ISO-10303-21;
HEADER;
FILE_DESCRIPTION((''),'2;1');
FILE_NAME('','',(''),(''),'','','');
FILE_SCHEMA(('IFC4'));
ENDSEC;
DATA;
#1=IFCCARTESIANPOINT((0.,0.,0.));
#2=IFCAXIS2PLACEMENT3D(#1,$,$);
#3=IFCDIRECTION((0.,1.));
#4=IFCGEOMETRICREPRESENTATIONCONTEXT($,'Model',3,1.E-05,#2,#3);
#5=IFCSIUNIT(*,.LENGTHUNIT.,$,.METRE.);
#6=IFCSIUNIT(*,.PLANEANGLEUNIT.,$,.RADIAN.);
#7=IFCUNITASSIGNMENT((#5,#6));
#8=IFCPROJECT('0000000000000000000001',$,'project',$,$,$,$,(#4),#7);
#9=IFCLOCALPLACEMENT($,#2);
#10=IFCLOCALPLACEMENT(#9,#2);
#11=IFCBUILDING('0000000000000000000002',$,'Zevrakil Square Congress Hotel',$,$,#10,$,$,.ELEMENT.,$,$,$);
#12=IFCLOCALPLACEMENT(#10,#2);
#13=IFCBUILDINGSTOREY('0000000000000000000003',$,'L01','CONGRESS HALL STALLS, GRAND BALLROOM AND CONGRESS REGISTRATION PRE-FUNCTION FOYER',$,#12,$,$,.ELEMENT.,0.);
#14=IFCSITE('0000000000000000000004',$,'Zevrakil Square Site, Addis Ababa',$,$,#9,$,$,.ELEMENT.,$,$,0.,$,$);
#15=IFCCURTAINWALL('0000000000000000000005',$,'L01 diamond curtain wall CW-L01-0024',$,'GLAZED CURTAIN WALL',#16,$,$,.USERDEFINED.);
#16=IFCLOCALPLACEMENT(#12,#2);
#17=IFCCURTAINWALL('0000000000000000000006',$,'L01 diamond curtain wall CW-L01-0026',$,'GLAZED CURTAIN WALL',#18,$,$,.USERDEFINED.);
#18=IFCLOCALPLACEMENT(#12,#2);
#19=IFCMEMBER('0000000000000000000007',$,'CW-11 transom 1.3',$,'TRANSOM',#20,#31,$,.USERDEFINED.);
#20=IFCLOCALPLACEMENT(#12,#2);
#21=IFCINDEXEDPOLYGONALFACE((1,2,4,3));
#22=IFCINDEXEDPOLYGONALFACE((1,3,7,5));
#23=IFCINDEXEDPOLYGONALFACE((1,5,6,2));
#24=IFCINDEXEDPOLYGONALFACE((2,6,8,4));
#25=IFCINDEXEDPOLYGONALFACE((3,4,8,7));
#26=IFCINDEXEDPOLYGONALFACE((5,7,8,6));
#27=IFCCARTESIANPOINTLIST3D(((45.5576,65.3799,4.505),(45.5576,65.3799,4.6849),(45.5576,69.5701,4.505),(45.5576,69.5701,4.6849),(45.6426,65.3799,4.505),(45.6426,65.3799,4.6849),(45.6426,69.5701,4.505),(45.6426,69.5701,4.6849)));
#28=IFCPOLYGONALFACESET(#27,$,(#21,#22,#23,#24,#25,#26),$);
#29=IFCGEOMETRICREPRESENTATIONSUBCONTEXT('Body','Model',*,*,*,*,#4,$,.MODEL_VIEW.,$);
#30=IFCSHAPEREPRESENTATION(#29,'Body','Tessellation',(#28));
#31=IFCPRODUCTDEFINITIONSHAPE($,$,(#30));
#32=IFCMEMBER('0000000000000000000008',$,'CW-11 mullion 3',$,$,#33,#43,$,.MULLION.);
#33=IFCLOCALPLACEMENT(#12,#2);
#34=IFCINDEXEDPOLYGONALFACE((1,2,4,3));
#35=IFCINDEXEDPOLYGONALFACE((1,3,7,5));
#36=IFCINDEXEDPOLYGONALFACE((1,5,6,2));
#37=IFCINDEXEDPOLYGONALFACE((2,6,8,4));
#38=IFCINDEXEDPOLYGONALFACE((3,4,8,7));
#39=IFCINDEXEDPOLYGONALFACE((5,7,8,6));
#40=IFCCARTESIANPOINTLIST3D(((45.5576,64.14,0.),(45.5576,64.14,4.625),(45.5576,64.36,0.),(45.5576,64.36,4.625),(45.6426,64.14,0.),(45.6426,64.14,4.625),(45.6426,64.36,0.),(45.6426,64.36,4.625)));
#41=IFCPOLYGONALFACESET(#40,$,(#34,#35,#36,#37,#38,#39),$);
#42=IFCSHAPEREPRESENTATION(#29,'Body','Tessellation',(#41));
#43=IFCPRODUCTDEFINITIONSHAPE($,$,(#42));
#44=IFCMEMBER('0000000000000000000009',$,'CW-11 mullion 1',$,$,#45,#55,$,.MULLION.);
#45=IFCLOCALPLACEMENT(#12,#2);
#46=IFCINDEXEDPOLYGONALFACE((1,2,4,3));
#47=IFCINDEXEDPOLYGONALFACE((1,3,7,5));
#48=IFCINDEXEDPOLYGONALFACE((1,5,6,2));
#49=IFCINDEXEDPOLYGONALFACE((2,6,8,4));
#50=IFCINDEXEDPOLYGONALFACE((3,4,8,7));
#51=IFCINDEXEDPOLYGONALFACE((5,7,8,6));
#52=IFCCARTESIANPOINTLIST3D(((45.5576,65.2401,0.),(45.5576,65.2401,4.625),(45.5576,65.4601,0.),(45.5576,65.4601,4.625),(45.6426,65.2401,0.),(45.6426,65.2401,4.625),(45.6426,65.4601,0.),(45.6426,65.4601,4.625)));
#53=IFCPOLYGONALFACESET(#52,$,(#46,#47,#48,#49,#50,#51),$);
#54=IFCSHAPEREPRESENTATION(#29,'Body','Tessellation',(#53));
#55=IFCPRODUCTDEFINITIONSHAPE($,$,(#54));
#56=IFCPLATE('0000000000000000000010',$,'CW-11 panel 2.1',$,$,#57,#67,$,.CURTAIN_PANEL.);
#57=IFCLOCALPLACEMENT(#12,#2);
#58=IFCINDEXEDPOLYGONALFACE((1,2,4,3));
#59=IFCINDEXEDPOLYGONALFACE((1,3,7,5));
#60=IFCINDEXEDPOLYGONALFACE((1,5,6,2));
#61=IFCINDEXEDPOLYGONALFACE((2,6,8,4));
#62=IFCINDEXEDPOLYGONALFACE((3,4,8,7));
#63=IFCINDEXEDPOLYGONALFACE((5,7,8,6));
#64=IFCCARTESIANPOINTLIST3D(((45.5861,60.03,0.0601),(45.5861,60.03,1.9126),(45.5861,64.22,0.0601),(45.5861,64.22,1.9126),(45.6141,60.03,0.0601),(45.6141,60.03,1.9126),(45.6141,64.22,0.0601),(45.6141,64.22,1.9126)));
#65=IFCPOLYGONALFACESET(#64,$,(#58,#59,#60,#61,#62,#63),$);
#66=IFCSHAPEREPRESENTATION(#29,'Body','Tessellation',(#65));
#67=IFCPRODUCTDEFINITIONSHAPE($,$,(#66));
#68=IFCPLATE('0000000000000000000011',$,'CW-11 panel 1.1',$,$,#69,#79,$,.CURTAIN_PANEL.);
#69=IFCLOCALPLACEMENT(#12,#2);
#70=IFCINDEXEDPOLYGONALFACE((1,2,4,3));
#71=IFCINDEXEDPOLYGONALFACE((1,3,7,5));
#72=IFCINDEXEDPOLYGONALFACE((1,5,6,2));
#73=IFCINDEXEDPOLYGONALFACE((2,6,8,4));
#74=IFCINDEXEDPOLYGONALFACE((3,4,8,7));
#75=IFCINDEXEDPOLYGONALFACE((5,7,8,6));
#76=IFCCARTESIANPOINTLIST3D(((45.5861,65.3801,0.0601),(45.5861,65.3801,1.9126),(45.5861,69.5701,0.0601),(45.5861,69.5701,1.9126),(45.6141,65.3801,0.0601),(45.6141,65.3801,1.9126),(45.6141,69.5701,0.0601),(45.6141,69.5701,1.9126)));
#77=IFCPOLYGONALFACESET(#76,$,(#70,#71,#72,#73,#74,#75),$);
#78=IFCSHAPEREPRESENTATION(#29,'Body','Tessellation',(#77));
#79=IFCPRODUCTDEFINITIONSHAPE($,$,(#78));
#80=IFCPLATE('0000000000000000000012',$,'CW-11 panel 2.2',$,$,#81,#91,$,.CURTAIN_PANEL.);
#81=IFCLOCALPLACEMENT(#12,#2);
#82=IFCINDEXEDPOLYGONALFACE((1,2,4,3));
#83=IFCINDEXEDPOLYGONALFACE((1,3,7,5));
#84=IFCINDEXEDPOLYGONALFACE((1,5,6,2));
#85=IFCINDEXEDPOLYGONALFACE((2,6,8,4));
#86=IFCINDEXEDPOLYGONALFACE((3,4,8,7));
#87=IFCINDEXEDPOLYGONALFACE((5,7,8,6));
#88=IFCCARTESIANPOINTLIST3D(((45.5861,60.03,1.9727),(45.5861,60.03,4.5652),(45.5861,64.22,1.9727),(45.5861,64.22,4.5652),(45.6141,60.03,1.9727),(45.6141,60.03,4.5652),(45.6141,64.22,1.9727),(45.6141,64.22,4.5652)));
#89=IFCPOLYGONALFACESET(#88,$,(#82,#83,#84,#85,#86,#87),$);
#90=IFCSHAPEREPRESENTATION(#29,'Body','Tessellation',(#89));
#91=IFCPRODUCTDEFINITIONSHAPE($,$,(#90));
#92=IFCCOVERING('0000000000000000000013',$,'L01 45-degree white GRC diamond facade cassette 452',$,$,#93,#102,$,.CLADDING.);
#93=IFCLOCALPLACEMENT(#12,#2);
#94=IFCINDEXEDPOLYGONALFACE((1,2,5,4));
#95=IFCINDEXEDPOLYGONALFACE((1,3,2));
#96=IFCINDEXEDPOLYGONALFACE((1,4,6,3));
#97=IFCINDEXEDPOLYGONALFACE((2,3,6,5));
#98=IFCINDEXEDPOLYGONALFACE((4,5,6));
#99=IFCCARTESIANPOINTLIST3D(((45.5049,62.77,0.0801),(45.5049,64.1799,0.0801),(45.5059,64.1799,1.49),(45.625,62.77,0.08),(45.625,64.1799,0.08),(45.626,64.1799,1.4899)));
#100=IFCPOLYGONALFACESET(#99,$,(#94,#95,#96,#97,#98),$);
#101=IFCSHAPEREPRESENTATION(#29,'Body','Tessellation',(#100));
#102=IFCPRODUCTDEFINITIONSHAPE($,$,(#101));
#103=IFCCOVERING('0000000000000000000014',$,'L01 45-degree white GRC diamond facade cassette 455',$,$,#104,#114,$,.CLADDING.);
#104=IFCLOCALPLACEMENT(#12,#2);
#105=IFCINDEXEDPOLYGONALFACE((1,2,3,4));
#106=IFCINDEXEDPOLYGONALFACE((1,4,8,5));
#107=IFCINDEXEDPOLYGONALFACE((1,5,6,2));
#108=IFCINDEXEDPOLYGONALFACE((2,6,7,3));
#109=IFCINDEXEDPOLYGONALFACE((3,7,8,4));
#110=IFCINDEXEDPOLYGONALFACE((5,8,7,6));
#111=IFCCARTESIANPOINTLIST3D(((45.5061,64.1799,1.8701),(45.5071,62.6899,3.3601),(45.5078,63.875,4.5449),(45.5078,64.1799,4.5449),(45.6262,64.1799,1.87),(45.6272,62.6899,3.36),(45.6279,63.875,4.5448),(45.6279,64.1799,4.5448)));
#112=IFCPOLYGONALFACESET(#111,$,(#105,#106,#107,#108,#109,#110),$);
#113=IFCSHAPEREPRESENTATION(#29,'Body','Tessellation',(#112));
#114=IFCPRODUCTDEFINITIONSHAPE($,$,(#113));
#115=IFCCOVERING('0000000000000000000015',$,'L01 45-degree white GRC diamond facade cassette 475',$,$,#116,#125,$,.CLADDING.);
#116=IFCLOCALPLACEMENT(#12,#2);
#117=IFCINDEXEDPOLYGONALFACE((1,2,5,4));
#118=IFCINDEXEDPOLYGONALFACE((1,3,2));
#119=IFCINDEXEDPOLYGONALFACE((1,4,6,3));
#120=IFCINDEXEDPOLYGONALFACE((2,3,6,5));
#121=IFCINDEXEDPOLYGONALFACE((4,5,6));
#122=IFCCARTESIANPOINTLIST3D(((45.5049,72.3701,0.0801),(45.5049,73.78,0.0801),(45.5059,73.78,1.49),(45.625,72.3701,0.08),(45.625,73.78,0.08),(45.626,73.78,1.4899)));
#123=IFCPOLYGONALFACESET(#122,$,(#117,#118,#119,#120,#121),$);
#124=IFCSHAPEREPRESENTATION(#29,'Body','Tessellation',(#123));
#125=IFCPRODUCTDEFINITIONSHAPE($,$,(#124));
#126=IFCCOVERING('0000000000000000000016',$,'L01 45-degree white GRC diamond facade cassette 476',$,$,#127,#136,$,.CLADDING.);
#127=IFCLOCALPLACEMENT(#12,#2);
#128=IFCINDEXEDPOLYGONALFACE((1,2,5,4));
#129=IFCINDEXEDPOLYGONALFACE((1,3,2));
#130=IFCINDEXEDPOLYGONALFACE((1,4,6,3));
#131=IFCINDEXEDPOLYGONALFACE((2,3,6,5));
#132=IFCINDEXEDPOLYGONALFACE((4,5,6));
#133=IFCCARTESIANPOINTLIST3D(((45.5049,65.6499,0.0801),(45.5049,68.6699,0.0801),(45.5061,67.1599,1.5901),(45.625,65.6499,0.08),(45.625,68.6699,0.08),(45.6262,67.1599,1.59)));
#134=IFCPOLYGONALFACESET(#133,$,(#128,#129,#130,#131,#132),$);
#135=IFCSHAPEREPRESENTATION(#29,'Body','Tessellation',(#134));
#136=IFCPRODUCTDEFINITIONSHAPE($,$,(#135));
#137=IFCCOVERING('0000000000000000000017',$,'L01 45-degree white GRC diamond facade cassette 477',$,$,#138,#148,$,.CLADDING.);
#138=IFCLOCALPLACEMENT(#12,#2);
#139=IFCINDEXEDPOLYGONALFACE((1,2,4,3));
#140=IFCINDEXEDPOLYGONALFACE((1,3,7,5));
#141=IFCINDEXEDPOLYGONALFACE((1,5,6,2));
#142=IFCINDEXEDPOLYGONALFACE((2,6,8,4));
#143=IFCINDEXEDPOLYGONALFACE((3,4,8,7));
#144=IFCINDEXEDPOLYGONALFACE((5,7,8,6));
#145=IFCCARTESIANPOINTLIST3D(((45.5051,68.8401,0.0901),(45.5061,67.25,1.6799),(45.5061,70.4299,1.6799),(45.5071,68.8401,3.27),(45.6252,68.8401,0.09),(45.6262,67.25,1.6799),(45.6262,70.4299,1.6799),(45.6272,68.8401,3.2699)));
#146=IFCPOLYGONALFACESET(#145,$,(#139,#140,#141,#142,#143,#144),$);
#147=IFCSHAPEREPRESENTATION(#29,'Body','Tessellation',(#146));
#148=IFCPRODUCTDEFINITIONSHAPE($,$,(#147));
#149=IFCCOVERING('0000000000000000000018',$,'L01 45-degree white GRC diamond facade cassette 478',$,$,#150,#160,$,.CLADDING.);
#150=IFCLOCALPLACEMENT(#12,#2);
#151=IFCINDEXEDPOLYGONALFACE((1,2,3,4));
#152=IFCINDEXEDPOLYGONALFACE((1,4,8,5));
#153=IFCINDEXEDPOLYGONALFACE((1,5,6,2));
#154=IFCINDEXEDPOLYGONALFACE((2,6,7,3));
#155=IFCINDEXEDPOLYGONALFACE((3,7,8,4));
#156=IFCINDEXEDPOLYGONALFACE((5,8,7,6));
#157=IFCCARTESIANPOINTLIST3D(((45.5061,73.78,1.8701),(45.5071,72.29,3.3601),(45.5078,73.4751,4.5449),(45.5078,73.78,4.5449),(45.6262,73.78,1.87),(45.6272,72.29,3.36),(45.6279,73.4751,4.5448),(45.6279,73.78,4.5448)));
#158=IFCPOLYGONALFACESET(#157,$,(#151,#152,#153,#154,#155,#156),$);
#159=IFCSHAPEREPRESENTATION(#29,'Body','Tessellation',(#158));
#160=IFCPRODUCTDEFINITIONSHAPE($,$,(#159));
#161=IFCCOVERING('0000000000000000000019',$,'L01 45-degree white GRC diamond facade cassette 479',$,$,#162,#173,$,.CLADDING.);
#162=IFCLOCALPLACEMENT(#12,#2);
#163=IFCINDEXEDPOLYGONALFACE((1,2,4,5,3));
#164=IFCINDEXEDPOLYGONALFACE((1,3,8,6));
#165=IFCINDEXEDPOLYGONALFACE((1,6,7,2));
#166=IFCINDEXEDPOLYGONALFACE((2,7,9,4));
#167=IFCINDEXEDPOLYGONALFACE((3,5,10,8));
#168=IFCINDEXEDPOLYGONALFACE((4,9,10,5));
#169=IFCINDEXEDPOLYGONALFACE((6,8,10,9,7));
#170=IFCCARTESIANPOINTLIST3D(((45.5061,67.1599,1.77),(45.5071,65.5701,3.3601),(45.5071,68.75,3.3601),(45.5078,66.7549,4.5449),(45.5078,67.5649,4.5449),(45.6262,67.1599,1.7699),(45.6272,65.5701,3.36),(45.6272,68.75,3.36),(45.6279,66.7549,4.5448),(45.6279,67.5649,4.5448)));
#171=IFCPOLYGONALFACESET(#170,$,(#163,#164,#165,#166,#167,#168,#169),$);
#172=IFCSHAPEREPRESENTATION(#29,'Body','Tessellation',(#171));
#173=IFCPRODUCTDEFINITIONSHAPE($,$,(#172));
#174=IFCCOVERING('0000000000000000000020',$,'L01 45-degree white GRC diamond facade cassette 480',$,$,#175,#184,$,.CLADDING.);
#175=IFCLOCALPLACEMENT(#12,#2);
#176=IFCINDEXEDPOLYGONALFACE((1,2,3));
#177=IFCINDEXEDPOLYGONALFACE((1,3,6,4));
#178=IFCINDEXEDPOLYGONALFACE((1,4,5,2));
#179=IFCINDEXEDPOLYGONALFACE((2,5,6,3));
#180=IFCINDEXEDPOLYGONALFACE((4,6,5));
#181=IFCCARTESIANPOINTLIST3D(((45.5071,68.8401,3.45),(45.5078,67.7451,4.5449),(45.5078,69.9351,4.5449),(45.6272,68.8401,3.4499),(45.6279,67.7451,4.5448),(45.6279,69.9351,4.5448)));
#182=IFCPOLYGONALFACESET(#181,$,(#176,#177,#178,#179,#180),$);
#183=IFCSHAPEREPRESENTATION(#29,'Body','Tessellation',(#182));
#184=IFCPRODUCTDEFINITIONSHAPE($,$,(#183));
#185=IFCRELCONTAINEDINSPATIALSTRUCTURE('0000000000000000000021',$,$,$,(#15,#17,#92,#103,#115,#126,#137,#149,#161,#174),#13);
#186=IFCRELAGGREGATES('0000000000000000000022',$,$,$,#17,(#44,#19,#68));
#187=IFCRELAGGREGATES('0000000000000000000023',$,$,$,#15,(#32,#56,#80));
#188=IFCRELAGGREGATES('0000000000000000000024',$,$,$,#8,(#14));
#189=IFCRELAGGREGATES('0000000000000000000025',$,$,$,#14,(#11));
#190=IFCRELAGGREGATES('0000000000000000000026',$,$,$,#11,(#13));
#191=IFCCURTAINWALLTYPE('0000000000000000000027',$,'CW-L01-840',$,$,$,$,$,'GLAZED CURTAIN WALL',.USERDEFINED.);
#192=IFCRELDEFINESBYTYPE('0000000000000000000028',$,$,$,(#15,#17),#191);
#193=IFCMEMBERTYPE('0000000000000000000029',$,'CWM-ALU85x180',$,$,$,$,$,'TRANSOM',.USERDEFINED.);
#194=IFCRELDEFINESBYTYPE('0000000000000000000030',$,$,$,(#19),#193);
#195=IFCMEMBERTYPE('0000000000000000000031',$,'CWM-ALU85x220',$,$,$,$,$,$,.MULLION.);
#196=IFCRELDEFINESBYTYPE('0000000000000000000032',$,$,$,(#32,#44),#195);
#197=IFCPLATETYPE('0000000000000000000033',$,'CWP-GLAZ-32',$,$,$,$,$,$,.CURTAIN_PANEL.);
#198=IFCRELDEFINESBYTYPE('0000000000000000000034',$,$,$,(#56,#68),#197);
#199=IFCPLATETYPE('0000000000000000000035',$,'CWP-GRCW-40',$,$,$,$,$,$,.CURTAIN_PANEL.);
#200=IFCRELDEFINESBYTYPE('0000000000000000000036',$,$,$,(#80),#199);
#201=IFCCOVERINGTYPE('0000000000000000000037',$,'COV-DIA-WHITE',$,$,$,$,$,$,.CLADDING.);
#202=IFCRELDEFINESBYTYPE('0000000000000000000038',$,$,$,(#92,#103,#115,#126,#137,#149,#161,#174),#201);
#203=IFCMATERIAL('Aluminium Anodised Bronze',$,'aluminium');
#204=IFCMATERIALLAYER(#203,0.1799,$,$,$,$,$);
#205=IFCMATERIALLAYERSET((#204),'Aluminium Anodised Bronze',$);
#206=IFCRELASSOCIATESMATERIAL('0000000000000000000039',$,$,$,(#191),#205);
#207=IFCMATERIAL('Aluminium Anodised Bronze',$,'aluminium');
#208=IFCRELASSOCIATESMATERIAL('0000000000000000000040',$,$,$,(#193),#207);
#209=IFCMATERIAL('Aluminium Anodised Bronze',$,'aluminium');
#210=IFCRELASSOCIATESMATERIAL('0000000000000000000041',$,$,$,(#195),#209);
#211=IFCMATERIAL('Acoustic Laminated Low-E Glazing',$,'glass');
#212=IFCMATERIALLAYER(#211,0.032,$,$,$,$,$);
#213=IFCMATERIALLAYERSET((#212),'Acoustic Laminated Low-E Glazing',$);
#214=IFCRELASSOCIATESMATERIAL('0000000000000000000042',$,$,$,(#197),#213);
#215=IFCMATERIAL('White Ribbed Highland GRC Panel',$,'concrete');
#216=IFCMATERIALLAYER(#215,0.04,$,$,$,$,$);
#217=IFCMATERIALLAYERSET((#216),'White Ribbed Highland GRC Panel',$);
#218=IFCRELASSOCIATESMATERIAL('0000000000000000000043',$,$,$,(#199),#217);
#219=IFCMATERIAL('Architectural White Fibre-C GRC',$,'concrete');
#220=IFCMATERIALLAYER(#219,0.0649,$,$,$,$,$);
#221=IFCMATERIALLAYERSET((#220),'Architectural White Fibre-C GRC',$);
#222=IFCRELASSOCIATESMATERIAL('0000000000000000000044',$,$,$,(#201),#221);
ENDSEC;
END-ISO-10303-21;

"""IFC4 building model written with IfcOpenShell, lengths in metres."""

from ifc_helpers import new_model, si_unit, direction, frame, origin, origin_2d, place, context, subcontext, project, spatial, polyline, rectangle, outline, extrude, material, layer, layer_set, material_profile, profile_set, type_object, element, aggregate, save


model = new_model("IFC4")

# Units and contexts
model_context = context("Model", 3, precision=1e-05, world=origin(), true_north=direction((0.0, 1.0)))
body_context = subcontext(model_context, "Body", "Model", "MODEL_VIEW")
ifc_project = project(units=[si_unit("LENGTHUNIT", "METRE"), si_unit("PLANEANGLEUNIT", "RADIAN")], contexts=[model_context])

# Site, building, storey
site_placement = place(None, origin())
site = spatial("IfcSite", under=ifc_project, at=site_placement, Name="Zevrakil Square Site, Addis Ababa", CompositionType="ELEMENT", RefElevation=0.0)
building_placement = place(site_placement, origin())
building = spatial("IfcBuilding", under=site, at=building_placement, Name="Zevrakil Square Congress Hotel", CompositionType="ELEMENT")
storey_placement = place(building_placement, origin())
storey = spatial("IfcBuildingStorey", under=building, at=storey_placement, Name="L01", Description="CONGRESS HALL STALLS, GRAND BALLROOM AND CONGRESS REGISTRATION PRE-FUNCTION FOYER", CompositionType="ELEMENT", Elevation=0.0)

# Curtain wall
ifc_material_1 = material(Name="Aluminium Anodised Bronze", Category="aluminium")
ifc_layer_1 = layer(ifc_material_1, 0.1799)
ifc_layer_set_1 = layer_set([ifc_layer_1], Name="Aluminium Anodised Bronze")
curtain_wall_type = type_object("IfcCurtainWallType", Name="CW-L01-840", ElementType="GLAZED CURTAIN WALL", PredefinedType="USERDEFINED", material=ifc_layer_set_1)
curtain_wall_1_placement = place(storey_placement, origin())
curtain_wall_1 = element("IfcCurtainWall", 1, at=curtain_wall_1_placement, inside=storey, type_object=curtain_wall_type, Name="L01 diamond curtain wall CW-L01-0024", ObjectType="GLAZED CURTAIN WALL", PredefinedType="USERDEFINED")
ifc_material_2 = material(Name="Aluminium Anodised Bronze", Category="aluminium")
ifc_material_profile_1 = material_profile(ifc_material_2, rectangle(XDim=0.085, YDim=0.1799, at=origin_2d()), Name="ALU 85x180")
ifc_profile_set_1 = profile_set([ifc_material_profile_1], Name="Aluminium Anodised Bronze")
member_type_1 = type_object("IfcMemberType", Name="CWM-ALU85x180", ElementType="TRANSOM", PredefinedType="USERDEFINED", material=ifc_profile_set_1)

# Curtain wall, member
curtain_wall_2_placement = place(storey_placement, origin())
curtain_wall_2 = element("IfcCurtainWall", 2, at=curtain_wall_2_placement, inside=storey, type_object=curtain_wall_type, Name="L01 diamond curtain wall CW-L01-0026", ObjectType="GLAZED CURTAIN WALL", PredefinedType="USERDEFINED")
member_1_placement = place(storey_placement, frame((45.6001, 65.3799, 4.595), z_axis=(0.0, 1.0, 0.0), x_axis=(-1.0, 0.0, 0.0)))
member_1 = element("IfcMember", 3, at=member_1_placement, type_object=member_type_1, Name="CW-11 transom 1.3", ObjectType="TRANSOM", PredefinedType="USERDEFINED", context=body_context, shape_type="SweptSolid", body=[
    extrude(rectangle(XDim=0.085, YDim=0.1799, at=origin_2d()), origin(), (0.0, 0.0, 1.0), 4.1902),
])

# Members
ifc_material_3 = material(Name="Aluminium Anodised Bronze", Category="aluminium")
ifc_material_profile_2 = material_profile(ifc_material_3, rectangle(XDim=0.085, YDim=0.22, at=origin_2d()), Name="ALU 85x220")
ifc_profile_set_2 = profile_set([ifc_material_profile_2], Name="Aluminium Anodised Bronze")
member_type_2 = type_object("IfcMemberType", Name="CWM-ALU85x220", PredefinedType="MULLION", material=ifc_profile_set_2)
member_2_placement = place(storey_placement, frame((45.6001, 64.25, 0.0), z_axis=(0.0, 0.0, 1.0), x_axis=(-1.0, 0.0, 0.0)))
member_2 = element("IfcMember", 4, at=member_2_placement, type_object=member_type_2, Name="CW-11 mullion 3", PredefinedType="MULLION", context=body_context, shape_type="SweptSolid", body=[
    extrude(rectangle(XDim=0.085, YDim=0.22, at=origin_2d()), origin(), (0.0, 0.0, 1.0), 4.625),
])
member_3_placement = place(storey_placement, frame((45.6001, 65.3501, 0.0), z_axis=(0.0, 0.0, 1.0), x_axis=(-1.0, 0.0, 0.0)))
member_3 = element("IfcMember", 5, at=member_3_placement, type_object=member_type_2, Name="CW-11 mullion 1", PredefinedType="MULLION", context=body_context, shape_type="SweptSolid", body=[
    extrude(rectangle(XDim=0.085, YDim=0.22, at=origin_2d()), origin(), (0.0, 0.0, 1.0), 4.625),
])

# Plates
ifc_material_4 = material(Name="Acoustic Laminated Low-E Glazing", Category="glass")
ifc_layer_2 = layer(ifc_material_4, 0.032)
ifc_layer_set_2 = layer_set([ifc_layer_2], Name="Acoustic Laminated Low-E Glazing")
plate_type_1 = type_object("IfcPlateType", Name="CWP-GLAZ-32", PredefinedType="CURTAIN_PANEL", material=ifc_layer_set_2)
plate_1_placement = place(storey_placement, frame((45.6001, 62.125, 0.0601), z_axis=(0.0, 0.0, 1.0), x_axis=(0.0, 1.0, 0.0)))
plate_1 = element("IfcPlate", 6, at=plate_1_placement, type_object=plate_type_1, Name="CW-11 panel 2.1", PredefinedType="CURTAIN_PANEL", context=body_context, shape_type="SweptSolid", body=[
    extrude(rectangle(XDim=4.1899, YDim=0.0281, at=origin_2d()), origin(), (0.0, 0.0, 1.0), 1.8525),
])
plate_2_placement = place(storey_placement, frame((45.6001, 67.4751, 0.0601), z_axis=(0.0, 0.0, 1.0), x_axis=(0.0, 1.0, 0.0)))
plate_2 = element("IfcPlate", 7, at=plate_2_placement, type_object=plate_type_1, Name="CW-11 panel 1.1", PredefinedType="CURTAIN_PANEL", context=body_context, shape_type="SweptSolid", body=[
    extrude(rectangle(XDim=4.1899, YDim=0.0281, at=origin_2d()), origin(), (0.0, 0.0, 1.0), 1.8525),
])
aggregate(curtain_wall_2, [member_3, member_1, plate_2])
ifc_material_5 = material(Name="White Ribbed Highland GRC Panel", Category="concrete")
ifc_layer_3 = layer(ifc_material_5, 0.04)
ifc_layer_set_3 = layer_set([ifc_layer_3], Name="White Ribbed Highland GRC Panel")
plate_type_2 = type_object("IfcPlateType", Name="CWP-GRCW-40", PredefinedType="CURTAIN_PANEL", material=ifc_layer_set_3)
plate_3_placement = place(storey_placement, frame((45.6001, 62.125, 1.9727), z_axis=(0.0, 0.0, 1.0), x_axis=(0.0, 1.0, 0.0)))
plate_3 = element("IfcPlate", 8, at=plate_3_placement, type_object=plate_type_2, Name="CW-11 panel 2.2", PredefinedType="CURTAIN_PANEL", context=body_context, shape_type="SweptSolid", body=[
    extrude(rectangle(XDim=4.1899, YDim=0.0281, at=origin_2d()), origin(), (0.0, 0.0, 1.0), 2.5925),
])
aggregate(curtain_wall_1, [member_2, plate_1, plate_3])

# Coverings
ifc_material_6 = material(Name="Architectural White Fibre-C GRC", Category="concrete")
ifc_layer_4 = layer(ifc_material_6, 0.0649)
ifc_layer_set_4 = layer_set([ifc_layer_4], Name="Architectural White Fibre-C GRC")
covering_type_1 = type_object("IfcCoveringType", Name="COV-DIA-WHITE", PredefinedType="CLADDING", material=ifc_layer_set_4)
covering_1_placement = place(storey_placement, frame((45.5049, 62.77, 0.0801), z_axis=(-1.0, 0.0, 0.000693), x_axis=(0.0, 1.0, 0.0)))
element("IfcCovering", 9, at=covering_1_placement, inside=storey, type_object=covering_type_1, Name="L01 45-degree white GRC diamond facade cassette 452", PredefinedType="CLADDING", context=body_context, shape_type="SweptSolid", body=[
    extrude(outline(polyline([(0.0, 0.0), (1.4099, 0.0), (1.4099, -1.4099), (0.0, 0.0)])), origin(), (0.0, 0.0, -1.0), 0.1201),
])
covering_2_placement = place(storey_placement, frame((45.5071, 62.6899, 3.3601), z_axis=(-1.0, -0.000015, 0.000637), x_axis=(-0.000461, 0.707107, -0.707107)))
element("IfcCovering", 10, at=covering_2_placement, inside=storey, type_object=covering_type_1, Name="L01 45-degree white GRC diamond facade cassette 455", PredefinedType="CLADDING", context=body_context, shape_type="SweptSolid", body=[
    extrude(outline(polyline([(0.0, 0.0), (2.1072, 0.0), (0.2158, -1.8914), (0.0002, -1.6758), (0.0, 0.0)])), origin(), (0.0, 0.0, -1.0), 0.1201),
])
covering_3_placement = place(storey_placement, frame((45.5049, 72.3701, 0.0801), z_axis=(-1.0, 0.0, 0.000693), x_axis=(0.0, 1.0, 0.0)))
element("IfcCovering", 11, at=covering_3_placement, inside=storey, type_object=covering_type_1, Name="L01 45-degree white GRC diamond facade cassette 475", PredefinedType="CLADDING", context=body_context, shape_type="SweptSolid", body=[
    extrude(outline(polyline([(0.0, 0.0), (1.4099, 0.0), (1.4099, -1.4099), (0.0, 0.0)])), origin(), (0.0, 0.0, -1.0), 0.1201),
])
covering_4_placement = place(storey_placement, frame((45.5061, 67.1599, 1.5901), z_axis=(-1.0, 0.0, 0.000808), x_axis=(-0.000572, -0.707107, -0.707107)))
element("IfcCovering", 12, at=covering_4_placement, inside=storey, type_object=covering_type_1, Name="L01 45-degree white GRC diamond facade cassette 476", PredefinedType="CLADDING", context=body_context, shape_type="SweptSolid", body=[
    extrude(outline(polyline([(0.0, 0.0), (2.1355, 0.0), (0.0, -2.1355), (0.0, 0.0)])), origin(), (0.0, 0.0, -1.0), 0.1201),
])
covering_5_placement = place(storey_placement, frame((45.5071, 68.8401, 3.27), z_axis=(-1.0, 0.0, 0.000614), x_axis=(-0.000434, -0.707107, -0.707107)))
element("IfcCovering", 13, at=covering_5_placement, inside=storey, type_object=covering_type_1, Name="L01 45-degree white GRC diamond facade cassette 477", PredefinedType="CLADDING", context=body_context, shape_type="SweptSolid", body=[
    extrude(outline(polyline([(0.0, 0.0), (2.2487, 0.0), (2.2486, -2.2486), (0.0002, -2.2486), (0.0, 0.0)])), origin(), (0.0, 0.0, -1.0), 0.1201),
])
covering_6_placement = place(storey_placement, frame((45.5071, 72.29, 3.3601), z_axis=(-1.0, -0.000015, 0.000637), x_axis=(-0.000461, 0.707107, -0.707107)))
element("IfcCovering", 14, at=covering_6_placement, inside=storey, type_object=covering_type_1, Name="L01 45-degree white GRC diamond facade cassette 478", PredefinedType="CLADDING", context=body_context, shape_type="SweptSolid", body=[
    extrude(outline(polyline([(0.0, 0.0), (2.1072, 0.0), (0.2158, -1.8914), (0.0002, -1.6758), (0.0, 0.0)])), origin(), (0.0, 0.0, -1.0), 0.1201),
])
covering_7_placement = place(storey_placement, frame((45.5071, 65.5701, 3.3601), z_axis=(-1.0, 0.0, 0.000616), x_axis=(-0.000436, 0.707052, -0.707161)))
element("IfcCovering", 15, at=covering_7_placement, inside=storey, type_object=covering_type_1, Name="L01 45-degree white GRC diamond facade cassette 479", PredefinedType="CLADDING", context=body_context, shape_type="SweptSolid", body=[
    extrude(outline(polyline([(0.0, 0.0), (2.2486, 0.0), (2.2484, -2.2487), (0.5726, -2.2484), (-0.0001, -1.6756), (0.0, 0.0)])), origin(), (0.0, 0.0, -1.0), 0.1201),
])
covering_8_placement = place(storey_placement, frame((45.5071, 68.8401, 3.45), z_axis=(-1.0, 0.0, 0.000669), x_axis=(0.000473, 0.707107, 0.707107)))
element("IfcCovering", 16, at=covering_8_placement, inside=storey, type_object=covering_type_1, Name="L01 45-degree white GRC diamond facade cassette 480", PredefinedType="CLADDING", context=body_context, shape_type="SweptSolid", body=[
    extrude(outline(polyline([(0.0, 0.0), (1.5485, 0.0), (0.0, -1.5485), (0.0, 0.0)])), origin(), (0.0, 0.0, -1.0), 0.1201),
])

save(model, "model.ifc")
